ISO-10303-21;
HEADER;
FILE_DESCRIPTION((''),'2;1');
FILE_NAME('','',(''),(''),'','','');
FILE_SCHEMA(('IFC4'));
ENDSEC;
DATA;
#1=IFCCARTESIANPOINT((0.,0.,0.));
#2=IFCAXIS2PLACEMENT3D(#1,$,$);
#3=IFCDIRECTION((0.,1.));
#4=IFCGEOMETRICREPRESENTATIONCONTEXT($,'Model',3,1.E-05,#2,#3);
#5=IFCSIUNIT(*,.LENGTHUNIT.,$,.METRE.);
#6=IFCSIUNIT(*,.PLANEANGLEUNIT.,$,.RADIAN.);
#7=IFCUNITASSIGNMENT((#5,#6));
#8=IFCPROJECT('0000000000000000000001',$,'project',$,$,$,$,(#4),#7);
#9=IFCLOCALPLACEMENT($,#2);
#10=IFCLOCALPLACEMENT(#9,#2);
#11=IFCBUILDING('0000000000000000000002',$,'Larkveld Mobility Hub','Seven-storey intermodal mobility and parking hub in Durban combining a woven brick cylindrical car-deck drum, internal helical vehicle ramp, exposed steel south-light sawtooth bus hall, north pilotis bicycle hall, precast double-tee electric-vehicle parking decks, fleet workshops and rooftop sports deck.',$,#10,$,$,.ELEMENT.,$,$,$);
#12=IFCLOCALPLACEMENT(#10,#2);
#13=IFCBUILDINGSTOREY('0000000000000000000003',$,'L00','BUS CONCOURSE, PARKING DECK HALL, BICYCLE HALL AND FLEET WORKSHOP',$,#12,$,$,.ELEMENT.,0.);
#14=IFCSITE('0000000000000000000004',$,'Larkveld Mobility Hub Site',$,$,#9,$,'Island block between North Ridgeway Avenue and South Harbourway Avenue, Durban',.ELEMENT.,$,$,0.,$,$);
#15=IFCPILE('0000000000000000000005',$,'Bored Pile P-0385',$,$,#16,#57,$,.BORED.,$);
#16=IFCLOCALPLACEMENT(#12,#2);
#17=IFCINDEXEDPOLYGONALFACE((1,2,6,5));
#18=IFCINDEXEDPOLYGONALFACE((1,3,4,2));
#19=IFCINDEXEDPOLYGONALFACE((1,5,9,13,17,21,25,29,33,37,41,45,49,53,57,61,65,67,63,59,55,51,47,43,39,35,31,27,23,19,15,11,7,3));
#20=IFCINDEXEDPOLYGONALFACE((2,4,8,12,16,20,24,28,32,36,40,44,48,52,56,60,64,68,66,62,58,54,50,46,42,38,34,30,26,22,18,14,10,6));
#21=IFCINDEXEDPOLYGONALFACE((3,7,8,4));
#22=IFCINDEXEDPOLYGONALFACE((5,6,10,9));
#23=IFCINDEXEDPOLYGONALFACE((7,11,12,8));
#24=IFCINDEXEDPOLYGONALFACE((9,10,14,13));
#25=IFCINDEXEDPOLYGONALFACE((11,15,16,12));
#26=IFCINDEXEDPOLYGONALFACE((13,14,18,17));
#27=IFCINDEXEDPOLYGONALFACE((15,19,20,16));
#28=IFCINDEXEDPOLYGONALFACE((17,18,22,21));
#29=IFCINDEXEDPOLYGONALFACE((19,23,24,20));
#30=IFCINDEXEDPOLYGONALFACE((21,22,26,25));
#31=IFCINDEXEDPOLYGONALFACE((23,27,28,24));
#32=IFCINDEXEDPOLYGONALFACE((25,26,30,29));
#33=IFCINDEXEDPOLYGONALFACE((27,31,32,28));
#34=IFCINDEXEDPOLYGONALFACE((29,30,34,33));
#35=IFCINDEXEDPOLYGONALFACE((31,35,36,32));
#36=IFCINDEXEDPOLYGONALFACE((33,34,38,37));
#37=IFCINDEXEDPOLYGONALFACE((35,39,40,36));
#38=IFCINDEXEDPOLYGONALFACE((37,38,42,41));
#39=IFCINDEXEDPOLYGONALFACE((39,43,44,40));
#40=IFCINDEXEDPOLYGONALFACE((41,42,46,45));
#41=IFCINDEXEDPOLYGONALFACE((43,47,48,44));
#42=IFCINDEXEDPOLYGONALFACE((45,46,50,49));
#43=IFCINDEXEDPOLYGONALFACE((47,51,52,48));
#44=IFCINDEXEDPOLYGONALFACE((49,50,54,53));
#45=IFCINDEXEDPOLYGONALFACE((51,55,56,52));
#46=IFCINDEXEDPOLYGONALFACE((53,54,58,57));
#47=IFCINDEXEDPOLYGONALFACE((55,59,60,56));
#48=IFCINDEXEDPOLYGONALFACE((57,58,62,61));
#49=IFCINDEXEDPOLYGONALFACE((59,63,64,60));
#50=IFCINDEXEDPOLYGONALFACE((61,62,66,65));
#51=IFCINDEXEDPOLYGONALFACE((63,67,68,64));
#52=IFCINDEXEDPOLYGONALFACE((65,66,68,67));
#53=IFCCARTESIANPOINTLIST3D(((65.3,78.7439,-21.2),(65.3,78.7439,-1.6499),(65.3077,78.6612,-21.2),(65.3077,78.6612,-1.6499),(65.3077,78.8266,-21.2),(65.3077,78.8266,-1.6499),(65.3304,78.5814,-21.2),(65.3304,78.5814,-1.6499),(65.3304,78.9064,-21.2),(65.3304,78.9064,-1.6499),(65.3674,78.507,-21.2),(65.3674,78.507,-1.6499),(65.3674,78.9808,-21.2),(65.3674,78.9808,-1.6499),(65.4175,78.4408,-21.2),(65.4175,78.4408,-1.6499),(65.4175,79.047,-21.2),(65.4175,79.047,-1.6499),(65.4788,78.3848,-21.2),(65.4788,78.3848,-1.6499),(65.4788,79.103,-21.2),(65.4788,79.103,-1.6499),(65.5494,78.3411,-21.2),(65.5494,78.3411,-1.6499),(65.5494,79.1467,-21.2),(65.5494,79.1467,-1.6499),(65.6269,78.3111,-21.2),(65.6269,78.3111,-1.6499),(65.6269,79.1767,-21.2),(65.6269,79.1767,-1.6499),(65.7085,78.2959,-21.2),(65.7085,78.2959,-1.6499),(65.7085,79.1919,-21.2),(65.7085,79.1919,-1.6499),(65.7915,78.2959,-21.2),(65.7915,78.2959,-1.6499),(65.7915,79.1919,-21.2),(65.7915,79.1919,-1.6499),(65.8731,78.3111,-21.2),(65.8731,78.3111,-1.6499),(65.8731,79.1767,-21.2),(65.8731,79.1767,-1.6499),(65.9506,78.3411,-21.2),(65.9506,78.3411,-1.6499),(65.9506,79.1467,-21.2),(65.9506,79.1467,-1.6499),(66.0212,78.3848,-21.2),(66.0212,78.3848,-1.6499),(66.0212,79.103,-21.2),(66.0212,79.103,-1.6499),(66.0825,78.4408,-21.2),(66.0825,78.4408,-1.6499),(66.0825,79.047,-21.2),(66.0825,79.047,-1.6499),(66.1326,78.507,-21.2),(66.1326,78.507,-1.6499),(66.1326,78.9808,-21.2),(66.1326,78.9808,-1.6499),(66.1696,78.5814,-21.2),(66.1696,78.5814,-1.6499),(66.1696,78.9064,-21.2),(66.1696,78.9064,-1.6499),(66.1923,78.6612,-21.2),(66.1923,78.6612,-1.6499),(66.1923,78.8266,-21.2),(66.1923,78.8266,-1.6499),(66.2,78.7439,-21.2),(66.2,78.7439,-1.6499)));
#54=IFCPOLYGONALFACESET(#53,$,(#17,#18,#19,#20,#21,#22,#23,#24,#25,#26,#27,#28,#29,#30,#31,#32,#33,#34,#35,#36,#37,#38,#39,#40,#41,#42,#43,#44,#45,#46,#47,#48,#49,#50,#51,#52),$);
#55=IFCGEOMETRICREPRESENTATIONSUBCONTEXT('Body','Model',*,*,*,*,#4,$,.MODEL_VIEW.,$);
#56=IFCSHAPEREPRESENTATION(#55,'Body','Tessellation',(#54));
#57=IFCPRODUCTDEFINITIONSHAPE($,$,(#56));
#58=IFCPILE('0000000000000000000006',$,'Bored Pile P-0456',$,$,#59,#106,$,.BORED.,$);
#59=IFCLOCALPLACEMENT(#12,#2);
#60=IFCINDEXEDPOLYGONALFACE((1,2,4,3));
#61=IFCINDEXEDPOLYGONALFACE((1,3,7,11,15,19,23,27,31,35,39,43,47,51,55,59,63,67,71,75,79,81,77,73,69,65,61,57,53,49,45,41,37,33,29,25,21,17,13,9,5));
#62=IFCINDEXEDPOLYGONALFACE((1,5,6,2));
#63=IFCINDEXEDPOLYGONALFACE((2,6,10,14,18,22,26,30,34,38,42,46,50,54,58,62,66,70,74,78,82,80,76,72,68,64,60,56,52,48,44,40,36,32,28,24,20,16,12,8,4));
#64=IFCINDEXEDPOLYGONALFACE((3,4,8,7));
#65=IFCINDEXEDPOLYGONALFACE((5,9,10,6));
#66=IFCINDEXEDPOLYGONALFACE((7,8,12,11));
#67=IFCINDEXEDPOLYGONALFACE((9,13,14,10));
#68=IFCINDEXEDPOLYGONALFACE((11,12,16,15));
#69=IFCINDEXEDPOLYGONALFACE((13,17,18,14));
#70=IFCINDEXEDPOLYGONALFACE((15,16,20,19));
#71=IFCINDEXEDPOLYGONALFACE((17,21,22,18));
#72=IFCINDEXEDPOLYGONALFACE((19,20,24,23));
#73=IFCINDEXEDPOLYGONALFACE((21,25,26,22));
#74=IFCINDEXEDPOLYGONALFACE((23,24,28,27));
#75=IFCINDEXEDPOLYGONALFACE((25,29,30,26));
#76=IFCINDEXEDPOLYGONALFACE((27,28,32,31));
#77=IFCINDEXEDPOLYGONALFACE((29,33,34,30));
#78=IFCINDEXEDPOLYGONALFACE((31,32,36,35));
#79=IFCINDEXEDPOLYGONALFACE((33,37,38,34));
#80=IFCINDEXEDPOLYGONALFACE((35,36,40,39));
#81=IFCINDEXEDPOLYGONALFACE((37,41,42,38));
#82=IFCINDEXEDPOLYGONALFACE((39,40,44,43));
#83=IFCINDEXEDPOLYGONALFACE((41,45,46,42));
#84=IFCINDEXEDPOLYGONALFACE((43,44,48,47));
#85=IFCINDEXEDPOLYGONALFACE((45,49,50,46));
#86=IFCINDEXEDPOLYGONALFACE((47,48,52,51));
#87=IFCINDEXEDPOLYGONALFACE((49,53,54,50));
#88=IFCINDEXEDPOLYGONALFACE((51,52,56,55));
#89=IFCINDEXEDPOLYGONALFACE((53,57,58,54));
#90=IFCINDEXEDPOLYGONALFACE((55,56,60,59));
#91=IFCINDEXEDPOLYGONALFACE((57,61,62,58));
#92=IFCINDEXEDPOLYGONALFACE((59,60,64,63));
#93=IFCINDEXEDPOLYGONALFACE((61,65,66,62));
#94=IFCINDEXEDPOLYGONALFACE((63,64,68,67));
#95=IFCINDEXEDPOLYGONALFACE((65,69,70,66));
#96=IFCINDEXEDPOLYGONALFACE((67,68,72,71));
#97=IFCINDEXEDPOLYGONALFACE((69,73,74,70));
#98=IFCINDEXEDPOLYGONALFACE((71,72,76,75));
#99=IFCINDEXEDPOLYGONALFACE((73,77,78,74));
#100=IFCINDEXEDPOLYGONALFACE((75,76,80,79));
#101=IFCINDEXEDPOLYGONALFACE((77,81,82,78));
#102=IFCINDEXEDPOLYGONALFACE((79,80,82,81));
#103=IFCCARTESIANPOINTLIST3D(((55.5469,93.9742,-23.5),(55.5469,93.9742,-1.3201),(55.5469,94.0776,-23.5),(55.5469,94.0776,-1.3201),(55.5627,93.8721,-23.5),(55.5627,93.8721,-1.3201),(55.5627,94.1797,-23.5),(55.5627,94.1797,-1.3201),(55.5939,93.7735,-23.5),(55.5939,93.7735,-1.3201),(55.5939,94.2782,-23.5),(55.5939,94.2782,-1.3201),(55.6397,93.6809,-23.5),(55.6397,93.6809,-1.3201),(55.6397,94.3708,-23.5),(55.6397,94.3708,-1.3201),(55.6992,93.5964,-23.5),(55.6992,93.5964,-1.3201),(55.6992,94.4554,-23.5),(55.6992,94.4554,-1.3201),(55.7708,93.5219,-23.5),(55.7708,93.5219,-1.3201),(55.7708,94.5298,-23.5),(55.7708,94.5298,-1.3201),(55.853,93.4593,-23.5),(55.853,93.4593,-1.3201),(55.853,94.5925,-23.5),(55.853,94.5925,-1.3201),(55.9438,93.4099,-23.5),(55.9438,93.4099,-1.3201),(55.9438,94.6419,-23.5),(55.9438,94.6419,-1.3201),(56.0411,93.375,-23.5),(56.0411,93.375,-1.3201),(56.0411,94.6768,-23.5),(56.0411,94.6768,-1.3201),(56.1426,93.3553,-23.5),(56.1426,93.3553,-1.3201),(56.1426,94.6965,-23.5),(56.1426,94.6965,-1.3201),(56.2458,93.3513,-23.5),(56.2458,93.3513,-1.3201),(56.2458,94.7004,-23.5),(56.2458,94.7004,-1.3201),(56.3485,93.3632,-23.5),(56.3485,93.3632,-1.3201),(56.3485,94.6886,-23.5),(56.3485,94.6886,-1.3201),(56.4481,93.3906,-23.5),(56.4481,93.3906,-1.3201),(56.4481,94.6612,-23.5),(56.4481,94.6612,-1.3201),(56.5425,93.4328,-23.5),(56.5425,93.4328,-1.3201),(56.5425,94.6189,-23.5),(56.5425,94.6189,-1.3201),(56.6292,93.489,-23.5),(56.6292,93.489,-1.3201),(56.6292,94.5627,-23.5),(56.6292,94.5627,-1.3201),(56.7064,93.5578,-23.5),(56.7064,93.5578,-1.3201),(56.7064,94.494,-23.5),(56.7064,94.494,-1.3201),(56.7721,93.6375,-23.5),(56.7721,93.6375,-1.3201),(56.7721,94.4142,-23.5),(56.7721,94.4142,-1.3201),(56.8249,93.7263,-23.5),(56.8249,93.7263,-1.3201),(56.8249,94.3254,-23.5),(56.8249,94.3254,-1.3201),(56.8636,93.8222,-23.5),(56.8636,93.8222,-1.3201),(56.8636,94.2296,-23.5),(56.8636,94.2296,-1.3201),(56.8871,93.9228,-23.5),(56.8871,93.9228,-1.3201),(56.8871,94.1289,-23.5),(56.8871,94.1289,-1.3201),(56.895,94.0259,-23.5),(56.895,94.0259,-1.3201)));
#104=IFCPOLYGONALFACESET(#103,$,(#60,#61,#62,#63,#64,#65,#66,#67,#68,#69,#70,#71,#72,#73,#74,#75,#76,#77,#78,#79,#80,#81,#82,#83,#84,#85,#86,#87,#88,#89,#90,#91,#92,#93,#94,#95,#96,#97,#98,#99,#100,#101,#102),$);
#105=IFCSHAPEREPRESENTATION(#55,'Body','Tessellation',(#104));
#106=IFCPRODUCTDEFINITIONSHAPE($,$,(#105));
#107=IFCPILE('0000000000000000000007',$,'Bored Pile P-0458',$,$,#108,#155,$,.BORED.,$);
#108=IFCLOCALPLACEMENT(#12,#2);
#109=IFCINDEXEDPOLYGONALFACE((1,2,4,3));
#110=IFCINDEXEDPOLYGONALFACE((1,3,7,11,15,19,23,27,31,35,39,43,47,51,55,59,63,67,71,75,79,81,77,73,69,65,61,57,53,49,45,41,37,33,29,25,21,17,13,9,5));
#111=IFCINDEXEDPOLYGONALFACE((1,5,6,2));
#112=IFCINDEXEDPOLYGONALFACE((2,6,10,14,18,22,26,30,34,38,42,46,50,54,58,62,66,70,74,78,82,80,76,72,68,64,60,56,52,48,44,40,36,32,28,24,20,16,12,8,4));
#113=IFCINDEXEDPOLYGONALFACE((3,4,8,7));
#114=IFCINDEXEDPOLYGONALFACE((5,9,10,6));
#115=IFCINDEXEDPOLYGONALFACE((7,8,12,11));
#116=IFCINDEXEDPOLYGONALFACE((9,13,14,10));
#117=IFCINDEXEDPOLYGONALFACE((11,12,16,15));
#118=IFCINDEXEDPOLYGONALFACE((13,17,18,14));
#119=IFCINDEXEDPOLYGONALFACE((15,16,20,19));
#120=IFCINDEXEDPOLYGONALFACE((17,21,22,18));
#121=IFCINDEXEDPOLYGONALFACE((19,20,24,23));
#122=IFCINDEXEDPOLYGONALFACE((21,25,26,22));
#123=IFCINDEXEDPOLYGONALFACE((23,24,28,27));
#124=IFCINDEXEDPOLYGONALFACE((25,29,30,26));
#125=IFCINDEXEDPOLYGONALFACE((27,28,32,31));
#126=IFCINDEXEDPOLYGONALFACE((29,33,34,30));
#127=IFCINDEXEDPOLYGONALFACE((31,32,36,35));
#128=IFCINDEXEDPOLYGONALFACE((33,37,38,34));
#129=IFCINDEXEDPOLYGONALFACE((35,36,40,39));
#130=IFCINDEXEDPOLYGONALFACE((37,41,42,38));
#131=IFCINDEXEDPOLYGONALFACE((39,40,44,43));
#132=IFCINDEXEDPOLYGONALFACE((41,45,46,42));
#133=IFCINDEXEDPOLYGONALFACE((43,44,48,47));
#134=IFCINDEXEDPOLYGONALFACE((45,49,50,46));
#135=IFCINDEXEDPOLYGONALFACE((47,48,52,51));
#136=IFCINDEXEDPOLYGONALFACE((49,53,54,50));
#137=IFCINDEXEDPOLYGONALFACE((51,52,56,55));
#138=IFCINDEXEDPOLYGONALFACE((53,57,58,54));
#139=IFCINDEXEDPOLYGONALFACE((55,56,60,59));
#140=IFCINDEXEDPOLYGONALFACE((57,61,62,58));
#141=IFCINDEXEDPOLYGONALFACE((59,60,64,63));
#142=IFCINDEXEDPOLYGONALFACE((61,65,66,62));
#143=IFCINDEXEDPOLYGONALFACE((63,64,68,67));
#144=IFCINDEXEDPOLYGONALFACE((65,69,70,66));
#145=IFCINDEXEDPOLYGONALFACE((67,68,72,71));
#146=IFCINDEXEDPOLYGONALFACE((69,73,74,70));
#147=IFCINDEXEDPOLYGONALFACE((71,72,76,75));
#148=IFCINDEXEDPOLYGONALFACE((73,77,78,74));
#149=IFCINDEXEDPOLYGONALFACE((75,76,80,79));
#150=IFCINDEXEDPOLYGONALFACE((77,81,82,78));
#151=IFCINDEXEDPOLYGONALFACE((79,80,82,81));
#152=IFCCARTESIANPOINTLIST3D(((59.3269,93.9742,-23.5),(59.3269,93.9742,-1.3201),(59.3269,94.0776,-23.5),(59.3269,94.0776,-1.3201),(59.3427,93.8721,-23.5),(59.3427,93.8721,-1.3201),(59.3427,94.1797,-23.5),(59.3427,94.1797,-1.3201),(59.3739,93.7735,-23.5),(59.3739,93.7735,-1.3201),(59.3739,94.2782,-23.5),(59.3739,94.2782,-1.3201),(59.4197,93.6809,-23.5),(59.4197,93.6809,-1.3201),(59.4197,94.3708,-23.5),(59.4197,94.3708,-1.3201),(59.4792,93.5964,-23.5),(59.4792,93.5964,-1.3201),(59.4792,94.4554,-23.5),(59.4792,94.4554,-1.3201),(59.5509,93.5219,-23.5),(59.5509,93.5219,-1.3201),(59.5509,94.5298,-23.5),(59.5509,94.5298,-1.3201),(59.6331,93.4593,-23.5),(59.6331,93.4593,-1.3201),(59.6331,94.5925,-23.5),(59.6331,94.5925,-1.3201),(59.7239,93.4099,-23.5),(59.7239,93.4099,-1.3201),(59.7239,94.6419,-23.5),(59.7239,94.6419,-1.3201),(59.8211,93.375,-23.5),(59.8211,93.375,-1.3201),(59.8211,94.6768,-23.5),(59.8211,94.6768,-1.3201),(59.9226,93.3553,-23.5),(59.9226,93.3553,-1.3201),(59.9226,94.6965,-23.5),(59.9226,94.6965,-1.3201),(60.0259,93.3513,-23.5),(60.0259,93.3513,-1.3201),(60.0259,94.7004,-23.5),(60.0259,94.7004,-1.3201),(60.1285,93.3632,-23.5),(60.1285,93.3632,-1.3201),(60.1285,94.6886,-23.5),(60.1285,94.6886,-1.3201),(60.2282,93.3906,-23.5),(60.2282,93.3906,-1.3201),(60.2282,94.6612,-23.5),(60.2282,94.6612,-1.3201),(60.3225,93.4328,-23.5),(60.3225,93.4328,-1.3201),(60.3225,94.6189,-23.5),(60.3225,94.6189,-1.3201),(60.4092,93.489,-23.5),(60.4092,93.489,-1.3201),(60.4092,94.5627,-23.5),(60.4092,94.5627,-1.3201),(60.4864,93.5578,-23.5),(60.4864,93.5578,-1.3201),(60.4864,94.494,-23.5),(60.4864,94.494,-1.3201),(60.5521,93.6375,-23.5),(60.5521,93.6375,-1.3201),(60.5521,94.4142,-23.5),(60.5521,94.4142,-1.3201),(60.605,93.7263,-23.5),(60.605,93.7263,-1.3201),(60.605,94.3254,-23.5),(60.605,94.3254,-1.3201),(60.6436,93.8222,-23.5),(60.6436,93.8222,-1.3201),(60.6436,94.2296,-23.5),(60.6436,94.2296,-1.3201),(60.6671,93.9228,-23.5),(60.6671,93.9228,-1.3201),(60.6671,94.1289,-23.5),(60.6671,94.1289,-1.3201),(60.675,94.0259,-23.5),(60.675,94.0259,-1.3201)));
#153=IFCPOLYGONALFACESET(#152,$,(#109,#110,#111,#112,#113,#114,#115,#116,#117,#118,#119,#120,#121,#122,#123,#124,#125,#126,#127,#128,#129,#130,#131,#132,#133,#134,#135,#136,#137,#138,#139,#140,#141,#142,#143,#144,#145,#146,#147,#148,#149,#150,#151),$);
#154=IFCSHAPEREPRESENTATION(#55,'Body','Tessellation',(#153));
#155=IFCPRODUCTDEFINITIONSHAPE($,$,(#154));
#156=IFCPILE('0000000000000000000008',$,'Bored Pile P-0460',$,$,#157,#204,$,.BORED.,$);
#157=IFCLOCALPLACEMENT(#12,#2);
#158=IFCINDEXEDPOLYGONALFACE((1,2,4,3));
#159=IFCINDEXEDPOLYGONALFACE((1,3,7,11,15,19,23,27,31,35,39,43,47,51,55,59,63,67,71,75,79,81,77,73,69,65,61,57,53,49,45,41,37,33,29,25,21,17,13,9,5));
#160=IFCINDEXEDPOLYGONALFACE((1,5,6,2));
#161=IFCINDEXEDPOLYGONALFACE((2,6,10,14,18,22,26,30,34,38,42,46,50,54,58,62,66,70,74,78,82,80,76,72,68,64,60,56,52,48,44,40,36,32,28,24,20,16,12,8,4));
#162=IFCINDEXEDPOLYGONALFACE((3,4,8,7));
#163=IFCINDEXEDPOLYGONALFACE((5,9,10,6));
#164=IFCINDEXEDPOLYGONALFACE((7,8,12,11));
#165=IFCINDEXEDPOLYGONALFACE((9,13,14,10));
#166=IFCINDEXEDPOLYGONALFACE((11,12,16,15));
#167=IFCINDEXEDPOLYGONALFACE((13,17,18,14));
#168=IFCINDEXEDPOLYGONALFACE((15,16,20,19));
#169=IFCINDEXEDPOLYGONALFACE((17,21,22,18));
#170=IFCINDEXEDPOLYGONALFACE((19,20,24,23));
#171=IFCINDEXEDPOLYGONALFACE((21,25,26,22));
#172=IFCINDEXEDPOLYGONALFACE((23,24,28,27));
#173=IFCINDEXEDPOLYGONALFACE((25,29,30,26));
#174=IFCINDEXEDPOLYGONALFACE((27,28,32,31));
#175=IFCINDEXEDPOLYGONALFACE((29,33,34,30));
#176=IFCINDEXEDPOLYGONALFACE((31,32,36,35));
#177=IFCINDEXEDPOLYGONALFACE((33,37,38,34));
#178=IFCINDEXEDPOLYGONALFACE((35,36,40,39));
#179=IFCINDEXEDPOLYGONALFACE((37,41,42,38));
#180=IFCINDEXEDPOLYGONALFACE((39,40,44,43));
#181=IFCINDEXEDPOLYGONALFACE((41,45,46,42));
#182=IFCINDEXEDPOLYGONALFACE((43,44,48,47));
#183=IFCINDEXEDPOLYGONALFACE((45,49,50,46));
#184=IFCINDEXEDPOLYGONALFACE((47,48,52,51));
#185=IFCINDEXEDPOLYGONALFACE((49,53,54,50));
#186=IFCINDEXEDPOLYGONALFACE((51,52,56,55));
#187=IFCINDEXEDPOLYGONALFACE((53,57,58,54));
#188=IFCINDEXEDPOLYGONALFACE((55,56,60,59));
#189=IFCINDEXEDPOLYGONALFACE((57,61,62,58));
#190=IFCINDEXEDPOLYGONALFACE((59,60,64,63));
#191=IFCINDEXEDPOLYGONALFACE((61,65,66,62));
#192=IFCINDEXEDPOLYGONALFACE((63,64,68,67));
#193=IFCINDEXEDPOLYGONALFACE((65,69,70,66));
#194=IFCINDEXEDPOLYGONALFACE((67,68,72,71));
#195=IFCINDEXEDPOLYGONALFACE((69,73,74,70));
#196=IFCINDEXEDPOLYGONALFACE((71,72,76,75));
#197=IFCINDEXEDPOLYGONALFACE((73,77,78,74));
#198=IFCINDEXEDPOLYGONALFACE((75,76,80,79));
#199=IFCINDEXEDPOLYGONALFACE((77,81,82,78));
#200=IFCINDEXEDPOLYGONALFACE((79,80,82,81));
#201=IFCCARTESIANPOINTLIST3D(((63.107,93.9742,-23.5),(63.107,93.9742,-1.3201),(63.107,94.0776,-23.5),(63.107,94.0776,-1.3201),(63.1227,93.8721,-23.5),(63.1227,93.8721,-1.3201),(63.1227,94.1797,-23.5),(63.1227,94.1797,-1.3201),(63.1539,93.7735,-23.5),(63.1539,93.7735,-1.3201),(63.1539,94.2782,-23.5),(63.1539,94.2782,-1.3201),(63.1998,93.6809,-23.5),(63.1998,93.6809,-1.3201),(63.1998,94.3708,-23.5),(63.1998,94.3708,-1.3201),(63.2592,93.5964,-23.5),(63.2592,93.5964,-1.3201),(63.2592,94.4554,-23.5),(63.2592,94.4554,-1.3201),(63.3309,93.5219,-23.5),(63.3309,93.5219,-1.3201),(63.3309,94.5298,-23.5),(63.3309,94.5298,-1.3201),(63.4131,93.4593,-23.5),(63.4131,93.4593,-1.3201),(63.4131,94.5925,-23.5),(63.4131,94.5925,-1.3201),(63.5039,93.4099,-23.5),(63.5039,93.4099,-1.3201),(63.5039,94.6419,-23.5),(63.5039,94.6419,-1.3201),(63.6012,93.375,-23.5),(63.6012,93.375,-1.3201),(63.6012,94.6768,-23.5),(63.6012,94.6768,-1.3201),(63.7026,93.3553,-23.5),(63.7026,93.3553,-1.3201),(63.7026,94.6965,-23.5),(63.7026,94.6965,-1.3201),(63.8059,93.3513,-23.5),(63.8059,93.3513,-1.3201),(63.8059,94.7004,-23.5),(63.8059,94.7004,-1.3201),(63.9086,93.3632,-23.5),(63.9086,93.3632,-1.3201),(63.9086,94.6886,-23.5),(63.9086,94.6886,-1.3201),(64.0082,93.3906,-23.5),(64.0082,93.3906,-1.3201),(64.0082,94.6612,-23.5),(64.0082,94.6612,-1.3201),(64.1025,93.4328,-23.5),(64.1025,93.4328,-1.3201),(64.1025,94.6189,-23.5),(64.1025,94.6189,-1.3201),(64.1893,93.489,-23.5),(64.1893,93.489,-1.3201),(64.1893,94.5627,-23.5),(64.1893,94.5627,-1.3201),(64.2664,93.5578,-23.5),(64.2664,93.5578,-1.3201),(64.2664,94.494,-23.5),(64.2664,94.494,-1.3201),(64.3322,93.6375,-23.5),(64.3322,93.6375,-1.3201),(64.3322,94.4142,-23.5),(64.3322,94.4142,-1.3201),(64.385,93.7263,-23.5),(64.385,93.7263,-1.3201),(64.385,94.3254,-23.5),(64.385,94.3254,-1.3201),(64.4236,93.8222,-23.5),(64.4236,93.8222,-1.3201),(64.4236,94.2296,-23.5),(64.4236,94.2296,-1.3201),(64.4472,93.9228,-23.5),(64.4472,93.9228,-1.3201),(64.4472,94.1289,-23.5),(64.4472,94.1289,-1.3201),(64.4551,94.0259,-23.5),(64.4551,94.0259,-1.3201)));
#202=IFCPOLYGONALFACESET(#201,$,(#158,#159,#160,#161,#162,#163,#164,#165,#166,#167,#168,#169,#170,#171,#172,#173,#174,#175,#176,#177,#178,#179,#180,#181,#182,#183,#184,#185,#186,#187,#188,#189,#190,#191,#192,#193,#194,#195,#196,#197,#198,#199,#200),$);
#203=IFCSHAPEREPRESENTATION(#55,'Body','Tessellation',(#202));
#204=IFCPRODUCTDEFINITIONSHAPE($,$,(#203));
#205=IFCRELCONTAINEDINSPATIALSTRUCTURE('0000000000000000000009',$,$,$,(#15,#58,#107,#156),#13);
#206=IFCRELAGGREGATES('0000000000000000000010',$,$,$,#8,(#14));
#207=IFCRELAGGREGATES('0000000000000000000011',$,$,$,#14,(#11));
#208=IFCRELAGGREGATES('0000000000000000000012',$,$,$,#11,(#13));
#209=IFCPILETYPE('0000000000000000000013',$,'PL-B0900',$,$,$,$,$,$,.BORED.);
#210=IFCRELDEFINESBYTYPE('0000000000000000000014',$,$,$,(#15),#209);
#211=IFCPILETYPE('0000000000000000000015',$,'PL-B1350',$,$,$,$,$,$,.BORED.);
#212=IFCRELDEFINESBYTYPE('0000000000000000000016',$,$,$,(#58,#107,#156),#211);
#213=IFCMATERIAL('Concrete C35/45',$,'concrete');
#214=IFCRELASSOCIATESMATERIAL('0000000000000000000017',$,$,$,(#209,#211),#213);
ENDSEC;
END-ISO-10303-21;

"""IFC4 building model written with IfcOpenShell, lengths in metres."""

from ifc_helpers import new_model, si_unit, direction, frame, origin, origin_2d, place, context, subcontext, project, spatial, circle, extrude, material, material_profile, profile_set, type_object, element, save


model = new_model("IFC4")

# Units and contexts
model_context = context("Model", 3, precision=1e-05, world=origin(), true_north=direction((0.0, 1.0)))
body_context = subcontext(model_context, "Body", "Model", "MODEL_VIEW")
ifc_project = project(units=[si_unit("LENGTHUNIT", "METRE"), si_unit("PLANEANGLEUNIT", "RADIAN")], contexts=[model_context])

# Site, building, storey
site_placement = place(None, origin())
site = spatial("IfcSite", under=ifc_project, at=site_placement, Name="Larkveld Mobility Hub Site", LongName="Island block between North Ridgeway Avenue and South Harbourway Avenue, Durban", CompositionType="ELEMENT", RefElevation=0.0)
building_placement = place(site_placement, origin())
building = spatial("IfcBuilding", under=site, at=building_placement, Name="Larkveld Mobility Hub", Description="Seven-storey intermodal mobility and parking hub in Durban combining a woven brick cylindrical car-deck drum, internal helical vehicle ramp, exposed steel south-light sawtooth bus hall, north pilotis bicycle hall, precast double-tee electric-vehicle parking decks, fleet workshops and rooftop sports deck.", CompositionType="ELEMENT")
storey_placement = place(building_placement, origin())
storey = spatial("IfcBuildingStorey", under=building, at=storey_placement, Name="L00", Description="BUS CONCOURSE, PARKING DECK HALL, BICYCLE HALL AND FLEET WORKSHOP", CompositionType="ELEMENT", Elevation=0.0)

# Shared definitions
ifc_material_1 = material(Name="Concrete C35/45", Category="concrete")

# Piles
ifc_material_profile_1 = material_profile(ifc_material_1, circle(Radius=0.45, at=origin_2d()), Name="PILE D900")
ifc_profile_set_1 = profile_set([ifc_material_profile_1], Name="Concrete C35/45")
pile_type_1 = type_object("IfcPileType", Name="PL-B0900", PredefinedType="BORED", material=ifc_profile_set_1)
pile_placement = place(storey_placement, frame((65.75, 78.7439, -1.6499), z_axis=(0.0, 0.0, -1.0), x_axis=(1.0, 0.0, 0.0)))
element("IfcPile", 1, at=pile_placement, inside=storey, type_object=pile_type_1, Name="Bored Pile P-0385", PredefinedType="BORED", context=body_context, shape_type="SweptSolid", body=[
    extrude(circle(Radius=0.45, at=origin_2d()), origin(), (0.0, 0.0, 1.0), 19.55),
])
ifc_material_profile_2 = material_profile(ifc_material_1, circle(Radius=0.675, at=origin_2d()), Name="PILE D1350")
ifc_profile_set_2 = profile_set([ifc_material_profile_2], Name="Concrete C35/45")
pile_type_2 = type_object("IfcPileType", Name="PL-B1350", PredefinedType="BORED", material=ifc_profile_set_2)
for number, where, z_axis, x_axis, name in (
    (2, (56.22, 94.0259, -1.3201), (0.0, 0.0, -1.0), (1.0, 0.0, 0.0), "Bored Pile P-0456"),
    (3, (60.0, 94.0259, -1.3201), (0.0, 0.0, -1.0), (1.0, 0.0, 0.0), "Bored Pile P-0458"),
    (4, (63.78, 94.0259, -1.3201), (0.0, 0.0, -1.0), (1.0, 0.0, 0.0), "Bored Pile P-0460"),
):
    element("IfcPile", number, at=place(storey_placement, frame(where, z_axis=z_axis, x_axis=x_axis)), inside=storey, type_object=pile_type_2, Name=name, PredefinedType="BORED", context=body_context, shape_type="SweptSolid", body=[
        extrude(circle(Radius=0.675, at=origin_2d()), origin(), (0.0, 0.0, 1.0), 22.1799),
    ])

save(model, "model.ifc")
